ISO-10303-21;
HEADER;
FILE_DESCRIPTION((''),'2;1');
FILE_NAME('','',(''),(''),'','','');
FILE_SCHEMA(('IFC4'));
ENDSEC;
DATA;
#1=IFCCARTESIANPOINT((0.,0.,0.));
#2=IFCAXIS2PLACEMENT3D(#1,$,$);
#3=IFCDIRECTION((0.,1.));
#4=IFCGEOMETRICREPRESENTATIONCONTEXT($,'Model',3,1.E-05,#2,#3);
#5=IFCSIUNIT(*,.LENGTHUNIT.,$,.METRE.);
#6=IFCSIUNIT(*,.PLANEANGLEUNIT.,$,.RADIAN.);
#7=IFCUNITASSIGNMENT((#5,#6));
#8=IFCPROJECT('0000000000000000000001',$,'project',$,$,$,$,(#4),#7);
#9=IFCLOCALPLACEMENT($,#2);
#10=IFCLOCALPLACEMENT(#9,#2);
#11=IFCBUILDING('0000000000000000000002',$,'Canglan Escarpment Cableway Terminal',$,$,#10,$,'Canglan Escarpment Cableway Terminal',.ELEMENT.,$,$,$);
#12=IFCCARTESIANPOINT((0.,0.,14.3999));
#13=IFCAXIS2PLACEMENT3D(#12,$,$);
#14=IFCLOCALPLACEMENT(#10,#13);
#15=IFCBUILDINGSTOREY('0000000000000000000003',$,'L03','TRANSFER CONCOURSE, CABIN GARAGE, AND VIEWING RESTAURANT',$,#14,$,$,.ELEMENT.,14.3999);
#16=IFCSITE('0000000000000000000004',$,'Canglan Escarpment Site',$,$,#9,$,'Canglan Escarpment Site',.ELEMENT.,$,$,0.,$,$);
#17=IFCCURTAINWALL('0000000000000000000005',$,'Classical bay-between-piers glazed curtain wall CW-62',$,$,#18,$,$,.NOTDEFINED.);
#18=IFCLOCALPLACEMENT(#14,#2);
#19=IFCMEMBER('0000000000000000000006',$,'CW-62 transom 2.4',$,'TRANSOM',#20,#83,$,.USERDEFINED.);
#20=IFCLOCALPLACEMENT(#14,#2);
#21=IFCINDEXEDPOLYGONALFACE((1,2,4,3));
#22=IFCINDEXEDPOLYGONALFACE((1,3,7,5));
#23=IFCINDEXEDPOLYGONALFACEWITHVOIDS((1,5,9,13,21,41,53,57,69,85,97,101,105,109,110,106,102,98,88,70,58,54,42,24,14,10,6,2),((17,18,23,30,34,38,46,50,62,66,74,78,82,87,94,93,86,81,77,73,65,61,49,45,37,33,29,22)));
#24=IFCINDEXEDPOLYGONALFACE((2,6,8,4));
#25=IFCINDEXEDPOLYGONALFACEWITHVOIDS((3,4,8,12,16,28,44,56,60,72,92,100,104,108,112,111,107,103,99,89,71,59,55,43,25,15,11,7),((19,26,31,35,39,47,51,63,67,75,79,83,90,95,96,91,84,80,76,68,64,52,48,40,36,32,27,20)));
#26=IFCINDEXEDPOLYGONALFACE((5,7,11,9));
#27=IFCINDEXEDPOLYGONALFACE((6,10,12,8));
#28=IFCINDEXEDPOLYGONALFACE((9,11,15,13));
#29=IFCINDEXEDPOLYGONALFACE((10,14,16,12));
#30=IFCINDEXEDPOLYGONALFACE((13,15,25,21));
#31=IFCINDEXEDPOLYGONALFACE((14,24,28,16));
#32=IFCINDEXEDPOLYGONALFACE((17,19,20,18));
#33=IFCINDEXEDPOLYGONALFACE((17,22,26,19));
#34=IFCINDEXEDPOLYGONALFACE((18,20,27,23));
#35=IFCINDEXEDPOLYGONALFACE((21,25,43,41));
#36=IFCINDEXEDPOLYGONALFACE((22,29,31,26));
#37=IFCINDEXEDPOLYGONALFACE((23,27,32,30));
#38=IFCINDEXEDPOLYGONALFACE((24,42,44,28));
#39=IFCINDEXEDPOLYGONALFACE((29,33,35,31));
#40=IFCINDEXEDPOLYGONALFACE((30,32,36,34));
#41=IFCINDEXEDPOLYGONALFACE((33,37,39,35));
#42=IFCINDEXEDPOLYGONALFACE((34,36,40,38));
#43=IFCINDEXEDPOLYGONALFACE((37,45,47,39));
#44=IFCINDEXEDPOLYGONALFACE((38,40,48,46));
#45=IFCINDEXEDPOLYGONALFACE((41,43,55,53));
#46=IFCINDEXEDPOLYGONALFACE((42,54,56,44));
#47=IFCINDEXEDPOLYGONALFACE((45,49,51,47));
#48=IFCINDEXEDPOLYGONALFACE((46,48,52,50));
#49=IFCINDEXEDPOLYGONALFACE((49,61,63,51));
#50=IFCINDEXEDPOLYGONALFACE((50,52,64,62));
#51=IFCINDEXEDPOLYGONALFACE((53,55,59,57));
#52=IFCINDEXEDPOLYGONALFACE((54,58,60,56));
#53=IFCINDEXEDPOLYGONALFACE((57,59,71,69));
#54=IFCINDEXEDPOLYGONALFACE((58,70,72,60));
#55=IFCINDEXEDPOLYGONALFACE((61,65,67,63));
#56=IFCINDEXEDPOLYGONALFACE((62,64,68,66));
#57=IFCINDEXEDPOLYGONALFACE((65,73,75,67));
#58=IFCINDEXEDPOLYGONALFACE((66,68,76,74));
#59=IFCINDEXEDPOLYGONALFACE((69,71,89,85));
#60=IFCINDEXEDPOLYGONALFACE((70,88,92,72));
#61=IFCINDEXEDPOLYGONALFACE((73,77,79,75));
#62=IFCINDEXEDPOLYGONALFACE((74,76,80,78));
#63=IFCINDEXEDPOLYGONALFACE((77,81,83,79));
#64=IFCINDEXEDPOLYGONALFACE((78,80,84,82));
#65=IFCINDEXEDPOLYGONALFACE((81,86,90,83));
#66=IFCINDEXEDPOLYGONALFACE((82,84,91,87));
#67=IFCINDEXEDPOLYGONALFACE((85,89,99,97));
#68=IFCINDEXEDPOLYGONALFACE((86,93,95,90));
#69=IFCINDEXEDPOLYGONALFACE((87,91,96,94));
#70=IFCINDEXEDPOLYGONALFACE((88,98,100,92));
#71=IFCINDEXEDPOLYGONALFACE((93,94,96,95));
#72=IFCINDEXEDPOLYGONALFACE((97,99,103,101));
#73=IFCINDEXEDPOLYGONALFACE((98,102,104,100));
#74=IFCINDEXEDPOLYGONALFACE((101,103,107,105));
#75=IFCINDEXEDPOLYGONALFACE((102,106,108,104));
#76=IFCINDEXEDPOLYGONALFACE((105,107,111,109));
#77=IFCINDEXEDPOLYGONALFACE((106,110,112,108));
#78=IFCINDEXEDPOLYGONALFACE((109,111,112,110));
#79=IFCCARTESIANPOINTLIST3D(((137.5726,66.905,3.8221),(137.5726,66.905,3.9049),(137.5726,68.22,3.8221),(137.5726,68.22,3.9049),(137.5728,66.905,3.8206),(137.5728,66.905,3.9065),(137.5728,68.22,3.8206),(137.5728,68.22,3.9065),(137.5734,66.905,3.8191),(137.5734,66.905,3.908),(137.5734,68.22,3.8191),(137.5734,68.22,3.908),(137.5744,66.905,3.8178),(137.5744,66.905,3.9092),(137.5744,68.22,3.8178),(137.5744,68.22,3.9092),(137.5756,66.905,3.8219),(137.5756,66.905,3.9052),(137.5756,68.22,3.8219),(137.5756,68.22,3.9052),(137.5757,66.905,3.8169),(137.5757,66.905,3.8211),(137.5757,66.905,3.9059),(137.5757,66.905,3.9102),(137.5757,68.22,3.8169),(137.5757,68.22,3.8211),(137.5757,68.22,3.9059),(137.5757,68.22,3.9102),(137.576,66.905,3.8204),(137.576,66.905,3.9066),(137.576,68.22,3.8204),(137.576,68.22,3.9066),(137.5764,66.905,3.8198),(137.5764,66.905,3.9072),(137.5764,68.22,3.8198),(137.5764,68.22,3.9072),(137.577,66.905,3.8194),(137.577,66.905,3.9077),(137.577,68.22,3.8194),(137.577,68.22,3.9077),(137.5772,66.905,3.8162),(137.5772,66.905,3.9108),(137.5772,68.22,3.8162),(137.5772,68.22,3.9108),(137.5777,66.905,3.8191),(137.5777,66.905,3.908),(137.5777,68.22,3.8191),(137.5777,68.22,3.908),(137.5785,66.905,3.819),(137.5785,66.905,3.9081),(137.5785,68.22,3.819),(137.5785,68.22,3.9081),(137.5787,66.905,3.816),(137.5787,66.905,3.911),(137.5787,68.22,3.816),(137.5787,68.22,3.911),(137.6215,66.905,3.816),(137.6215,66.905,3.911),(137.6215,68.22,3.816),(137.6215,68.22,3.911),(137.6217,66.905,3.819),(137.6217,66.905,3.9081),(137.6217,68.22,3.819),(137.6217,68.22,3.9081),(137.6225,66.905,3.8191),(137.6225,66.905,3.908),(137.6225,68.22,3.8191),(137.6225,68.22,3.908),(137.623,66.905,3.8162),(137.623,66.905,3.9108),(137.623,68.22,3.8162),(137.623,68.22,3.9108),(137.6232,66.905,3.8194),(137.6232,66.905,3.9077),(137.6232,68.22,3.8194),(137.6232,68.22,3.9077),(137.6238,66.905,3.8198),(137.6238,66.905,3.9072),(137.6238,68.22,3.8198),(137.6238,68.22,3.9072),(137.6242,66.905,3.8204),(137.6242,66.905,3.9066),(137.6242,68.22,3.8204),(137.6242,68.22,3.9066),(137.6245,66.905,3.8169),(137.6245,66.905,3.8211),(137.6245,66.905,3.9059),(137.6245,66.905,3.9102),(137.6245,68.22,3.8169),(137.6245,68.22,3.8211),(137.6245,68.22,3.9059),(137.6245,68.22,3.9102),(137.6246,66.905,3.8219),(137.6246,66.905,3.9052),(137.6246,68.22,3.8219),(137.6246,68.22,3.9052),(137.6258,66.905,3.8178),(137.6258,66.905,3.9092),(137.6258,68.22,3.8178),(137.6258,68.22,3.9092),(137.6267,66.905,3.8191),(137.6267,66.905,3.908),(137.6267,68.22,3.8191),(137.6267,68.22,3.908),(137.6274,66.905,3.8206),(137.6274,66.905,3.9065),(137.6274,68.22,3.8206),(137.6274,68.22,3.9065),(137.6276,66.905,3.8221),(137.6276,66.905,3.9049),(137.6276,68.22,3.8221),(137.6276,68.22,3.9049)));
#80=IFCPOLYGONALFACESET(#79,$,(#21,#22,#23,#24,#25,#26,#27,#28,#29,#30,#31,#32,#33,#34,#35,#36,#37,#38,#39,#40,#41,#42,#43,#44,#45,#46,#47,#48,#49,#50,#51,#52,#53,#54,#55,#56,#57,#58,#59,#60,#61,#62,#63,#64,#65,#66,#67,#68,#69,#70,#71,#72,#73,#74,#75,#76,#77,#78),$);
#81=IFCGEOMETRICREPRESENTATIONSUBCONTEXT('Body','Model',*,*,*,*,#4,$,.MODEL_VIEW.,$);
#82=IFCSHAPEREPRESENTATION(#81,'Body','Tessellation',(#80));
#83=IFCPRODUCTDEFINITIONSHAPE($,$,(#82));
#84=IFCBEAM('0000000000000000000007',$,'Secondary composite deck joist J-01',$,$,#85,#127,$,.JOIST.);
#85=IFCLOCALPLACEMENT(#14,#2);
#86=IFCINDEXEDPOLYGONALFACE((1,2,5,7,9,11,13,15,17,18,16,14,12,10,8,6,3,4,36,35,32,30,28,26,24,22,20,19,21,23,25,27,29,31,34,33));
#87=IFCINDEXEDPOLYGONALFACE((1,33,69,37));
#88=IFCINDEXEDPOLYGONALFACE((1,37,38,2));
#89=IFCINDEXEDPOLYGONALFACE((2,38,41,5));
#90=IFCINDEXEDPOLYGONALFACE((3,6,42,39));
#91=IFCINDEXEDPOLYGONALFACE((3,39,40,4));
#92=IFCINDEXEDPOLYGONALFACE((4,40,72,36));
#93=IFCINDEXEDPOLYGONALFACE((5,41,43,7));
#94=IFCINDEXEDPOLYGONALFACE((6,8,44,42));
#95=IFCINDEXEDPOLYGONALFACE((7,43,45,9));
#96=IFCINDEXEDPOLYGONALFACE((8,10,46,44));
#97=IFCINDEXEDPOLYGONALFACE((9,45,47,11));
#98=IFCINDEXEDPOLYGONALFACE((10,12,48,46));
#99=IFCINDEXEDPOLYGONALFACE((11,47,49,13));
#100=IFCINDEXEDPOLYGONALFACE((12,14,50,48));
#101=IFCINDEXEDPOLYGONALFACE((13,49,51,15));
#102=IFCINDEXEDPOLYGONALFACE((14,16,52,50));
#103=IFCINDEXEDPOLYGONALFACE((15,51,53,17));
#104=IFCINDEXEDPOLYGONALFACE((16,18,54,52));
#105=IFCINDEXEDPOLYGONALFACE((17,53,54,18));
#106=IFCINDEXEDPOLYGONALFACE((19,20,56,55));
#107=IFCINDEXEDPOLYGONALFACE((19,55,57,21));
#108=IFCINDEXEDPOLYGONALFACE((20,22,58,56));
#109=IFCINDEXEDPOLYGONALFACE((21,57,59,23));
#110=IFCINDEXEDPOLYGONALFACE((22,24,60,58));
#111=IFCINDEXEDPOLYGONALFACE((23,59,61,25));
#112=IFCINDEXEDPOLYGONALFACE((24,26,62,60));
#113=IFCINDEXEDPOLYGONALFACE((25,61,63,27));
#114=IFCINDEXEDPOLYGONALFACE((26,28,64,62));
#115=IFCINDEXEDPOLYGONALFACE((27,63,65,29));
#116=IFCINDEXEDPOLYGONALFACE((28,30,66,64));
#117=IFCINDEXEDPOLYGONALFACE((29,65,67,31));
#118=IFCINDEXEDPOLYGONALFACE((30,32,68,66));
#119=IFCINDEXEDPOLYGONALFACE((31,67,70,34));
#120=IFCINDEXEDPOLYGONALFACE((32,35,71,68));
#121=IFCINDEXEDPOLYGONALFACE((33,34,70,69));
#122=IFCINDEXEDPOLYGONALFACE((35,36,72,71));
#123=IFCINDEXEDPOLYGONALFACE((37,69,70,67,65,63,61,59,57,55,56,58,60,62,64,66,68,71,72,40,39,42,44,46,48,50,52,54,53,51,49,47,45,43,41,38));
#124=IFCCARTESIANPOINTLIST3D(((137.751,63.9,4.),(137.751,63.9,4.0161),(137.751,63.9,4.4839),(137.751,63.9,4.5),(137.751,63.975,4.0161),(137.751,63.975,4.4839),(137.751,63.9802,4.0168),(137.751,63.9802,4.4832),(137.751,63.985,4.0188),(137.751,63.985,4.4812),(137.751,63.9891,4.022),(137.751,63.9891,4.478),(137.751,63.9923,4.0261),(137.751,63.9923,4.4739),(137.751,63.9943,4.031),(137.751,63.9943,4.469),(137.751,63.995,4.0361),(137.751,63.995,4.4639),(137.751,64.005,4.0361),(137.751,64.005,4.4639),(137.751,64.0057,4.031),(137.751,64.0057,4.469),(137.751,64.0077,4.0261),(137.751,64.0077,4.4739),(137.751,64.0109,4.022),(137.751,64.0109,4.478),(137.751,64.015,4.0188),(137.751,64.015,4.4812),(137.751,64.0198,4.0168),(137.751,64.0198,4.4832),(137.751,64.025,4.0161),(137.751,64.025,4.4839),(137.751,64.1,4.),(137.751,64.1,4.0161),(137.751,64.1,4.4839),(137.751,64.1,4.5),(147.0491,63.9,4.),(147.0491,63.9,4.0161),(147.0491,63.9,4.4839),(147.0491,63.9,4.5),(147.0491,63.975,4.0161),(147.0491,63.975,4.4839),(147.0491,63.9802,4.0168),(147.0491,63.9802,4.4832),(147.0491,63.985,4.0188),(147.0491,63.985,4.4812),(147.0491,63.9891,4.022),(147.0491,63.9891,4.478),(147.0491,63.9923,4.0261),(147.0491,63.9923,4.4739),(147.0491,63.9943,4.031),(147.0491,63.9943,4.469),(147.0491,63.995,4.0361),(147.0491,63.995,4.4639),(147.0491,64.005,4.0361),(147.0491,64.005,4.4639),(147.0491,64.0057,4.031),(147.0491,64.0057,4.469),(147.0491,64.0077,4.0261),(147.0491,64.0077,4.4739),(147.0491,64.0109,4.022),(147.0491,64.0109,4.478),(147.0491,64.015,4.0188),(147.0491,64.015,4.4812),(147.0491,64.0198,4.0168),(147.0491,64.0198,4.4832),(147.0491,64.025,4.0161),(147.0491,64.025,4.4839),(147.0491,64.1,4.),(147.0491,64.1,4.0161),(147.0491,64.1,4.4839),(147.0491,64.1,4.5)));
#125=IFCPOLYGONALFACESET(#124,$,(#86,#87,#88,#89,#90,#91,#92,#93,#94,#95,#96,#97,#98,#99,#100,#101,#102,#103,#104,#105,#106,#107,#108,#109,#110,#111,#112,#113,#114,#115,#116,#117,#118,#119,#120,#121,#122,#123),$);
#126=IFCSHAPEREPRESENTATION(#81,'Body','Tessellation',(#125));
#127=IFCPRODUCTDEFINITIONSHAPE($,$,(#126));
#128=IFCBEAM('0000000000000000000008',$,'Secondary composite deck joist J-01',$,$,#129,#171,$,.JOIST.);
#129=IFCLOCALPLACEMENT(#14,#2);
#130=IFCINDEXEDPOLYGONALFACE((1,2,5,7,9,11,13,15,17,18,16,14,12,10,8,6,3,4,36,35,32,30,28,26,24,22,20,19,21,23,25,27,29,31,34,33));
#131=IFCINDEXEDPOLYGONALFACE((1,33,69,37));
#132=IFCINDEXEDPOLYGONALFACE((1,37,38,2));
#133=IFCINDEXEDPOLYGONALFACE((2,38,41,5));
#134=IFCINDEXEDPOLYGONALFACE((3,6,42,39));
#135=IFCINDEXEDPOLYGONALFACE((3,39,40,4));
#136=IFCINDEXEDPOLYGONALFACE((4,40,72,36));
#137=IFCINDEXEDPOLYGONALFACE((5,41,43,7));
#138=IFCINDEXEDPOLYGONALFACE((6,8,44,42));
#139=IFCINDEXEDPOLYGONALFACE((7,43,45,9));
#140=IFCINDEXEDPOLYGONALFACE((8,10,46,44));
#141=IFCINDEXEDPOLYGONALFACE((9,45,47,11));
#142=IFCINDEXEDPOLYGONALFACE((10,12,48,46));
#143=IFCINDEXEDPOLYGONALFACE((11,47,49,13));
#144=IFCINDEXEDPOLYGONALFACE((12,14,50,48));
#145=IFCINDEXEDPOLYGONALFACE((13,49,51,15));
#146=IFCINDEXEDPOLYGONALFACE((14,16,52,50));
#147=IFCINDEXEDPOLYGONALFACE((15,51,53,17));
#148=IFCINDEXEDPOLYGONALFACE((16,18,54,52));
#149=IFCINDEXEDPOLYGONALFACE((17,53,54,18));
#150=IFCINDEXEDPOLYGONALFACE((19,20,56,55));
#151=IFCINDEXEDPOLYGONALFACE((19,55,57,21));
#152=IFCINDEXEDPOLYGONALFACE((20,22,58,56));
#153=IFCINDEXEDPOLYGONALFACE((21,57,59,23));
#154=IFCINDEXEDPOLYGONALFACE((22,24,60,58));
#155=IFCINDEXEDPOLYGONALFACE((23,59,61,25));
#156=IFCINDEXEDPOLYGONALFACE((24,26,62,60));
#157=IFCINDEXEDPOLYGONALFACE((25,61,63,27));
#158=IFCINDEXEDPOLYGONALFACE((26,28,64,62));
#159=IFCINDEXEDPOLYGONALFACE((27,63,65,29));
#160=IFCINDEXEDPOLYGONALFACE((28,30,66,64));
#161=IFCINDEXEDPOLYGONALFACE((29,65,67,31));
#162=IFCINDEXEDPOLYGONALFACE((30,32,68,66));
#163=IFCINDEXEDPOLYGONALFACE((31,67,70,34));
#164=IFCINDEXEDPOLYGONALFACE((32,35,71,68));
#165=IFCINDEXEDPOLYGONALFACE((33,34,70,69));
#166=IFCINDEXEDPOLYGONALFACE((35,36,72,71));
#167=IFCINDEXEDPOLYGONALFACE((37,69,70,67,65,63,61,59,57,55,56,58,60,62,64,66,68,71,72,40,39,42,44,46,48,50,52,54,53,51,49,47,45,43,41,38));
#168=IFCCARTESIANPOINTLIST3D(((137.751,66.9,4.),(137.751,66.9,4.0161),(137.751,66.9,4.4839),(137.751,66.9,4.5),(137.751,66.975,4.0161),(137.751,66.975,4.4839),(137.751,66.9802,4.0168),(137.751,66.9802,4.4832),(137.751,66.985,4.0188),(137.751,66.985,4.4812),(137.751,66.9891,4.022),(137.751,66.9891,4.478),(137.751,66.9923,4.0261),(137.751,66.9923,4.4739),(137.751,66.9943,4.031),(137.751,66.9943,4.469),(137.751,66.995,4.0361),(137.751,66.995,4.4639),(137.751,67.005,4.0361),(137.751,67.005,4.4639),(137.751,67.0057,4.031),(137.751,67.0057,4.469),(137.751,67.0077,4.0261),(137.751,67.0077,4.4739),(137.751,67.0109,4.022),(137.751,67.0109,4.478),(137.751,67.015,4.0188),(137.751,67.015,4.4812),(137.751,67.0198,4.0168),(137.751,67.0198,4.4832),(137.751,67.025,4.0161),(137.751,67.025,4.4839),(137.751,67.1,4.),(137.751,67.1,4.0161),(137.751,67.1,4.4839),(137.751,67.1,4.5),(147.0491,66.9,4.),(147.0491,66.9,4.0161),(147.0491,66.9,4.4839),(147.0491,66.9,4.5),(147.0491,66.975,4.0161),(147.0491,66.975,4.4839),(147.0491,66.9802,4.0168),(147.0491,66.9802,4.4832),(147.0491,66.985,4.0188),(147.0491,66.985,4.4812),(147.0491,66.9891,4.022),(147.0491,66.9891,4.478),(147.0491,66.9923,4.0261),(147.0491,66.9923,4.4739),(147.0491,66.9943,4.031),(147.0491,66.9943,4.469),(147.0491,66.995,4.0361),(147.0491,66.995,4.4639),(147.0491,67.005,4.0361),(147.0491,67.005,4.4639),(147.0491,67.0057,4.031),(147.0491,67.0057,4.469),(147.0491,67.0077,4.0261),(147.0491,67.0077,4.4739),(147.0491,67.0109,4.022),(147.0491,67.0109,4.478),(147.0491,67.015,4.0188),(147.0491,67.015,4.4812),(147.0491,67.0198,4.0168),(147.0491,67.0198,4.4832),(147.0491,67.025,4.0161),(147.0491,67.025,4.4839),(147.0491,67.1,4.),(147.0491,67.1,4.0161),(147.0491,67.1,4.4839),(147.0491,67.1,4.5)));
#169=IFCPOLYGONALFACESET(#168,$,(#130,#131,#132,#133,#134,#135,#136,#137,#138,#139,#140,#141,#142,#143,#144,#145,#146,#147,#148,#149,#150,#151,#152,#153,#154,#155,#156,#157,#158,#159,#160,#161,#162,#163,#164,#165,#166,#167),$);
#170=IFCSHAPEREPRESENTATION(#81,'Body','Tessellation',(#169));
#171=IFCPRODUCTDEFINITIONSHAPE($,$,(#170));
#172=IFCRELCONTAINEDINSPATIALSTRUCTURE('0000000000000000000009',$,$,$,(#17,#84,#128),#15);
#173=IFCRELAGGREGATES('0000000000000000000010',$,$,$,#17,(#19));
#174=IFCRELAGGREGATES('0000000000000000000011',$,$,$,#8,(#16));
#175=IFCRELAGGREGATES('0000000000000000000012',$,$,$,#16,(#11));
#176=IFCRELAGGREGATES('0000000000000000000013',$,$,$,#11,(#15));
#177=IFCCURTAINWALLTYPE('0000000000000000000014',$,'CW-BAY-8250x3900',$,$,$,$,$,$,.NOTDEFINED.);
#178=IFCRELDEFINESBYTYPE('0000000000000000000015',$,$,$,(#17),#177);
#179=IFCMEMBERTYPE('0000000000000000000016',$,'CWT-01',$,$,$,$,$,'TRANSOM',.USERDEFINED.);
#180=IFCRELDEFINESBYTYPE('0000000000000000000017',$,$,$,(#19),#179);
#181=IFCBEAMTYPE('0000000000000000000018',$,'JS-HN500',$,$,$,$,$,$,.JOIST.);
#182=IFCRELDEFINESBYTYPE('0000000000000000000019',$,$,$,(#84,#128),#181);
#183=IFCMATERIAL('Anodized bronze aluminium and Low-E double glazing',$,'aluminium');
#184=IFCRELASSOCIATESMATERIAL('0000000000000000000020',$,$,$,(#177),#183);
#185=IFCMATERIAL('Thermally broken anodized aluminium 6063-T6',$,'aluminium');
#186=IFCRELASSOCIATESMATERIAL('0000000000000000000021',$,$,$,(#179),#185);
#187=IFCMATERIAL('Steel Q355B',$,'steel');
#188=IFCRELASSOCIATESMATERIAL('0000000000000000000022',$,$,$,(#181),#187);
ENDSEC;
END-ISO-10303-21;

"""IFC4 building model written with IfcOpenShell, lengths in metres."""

from ifc_helpers import new_model, si_unit, direction, frame, origin, origin_2d, place, context, subcontext, project, spatial, hollow_rectangle, i_section, extrude, material, material_profile, profile_set, type_object, element, aggregate, save


model = new_model("IFC4")

# Units and contexts
model_context = context("Model", 3, precision=1e-05, world=origin(), true_north=direction((0.0, 1.0)))
body_context = subcontext(model_context, "Body", "Model", "MODEL_VIEW")
ifc_project = project(units=[si_unit("LENGTHUNIT", "METRE"), si_unit("PLANEANGLEUNIT", "RADIAN")], contexts=[model_context])

# Site, building, storey
site_placement = place(None, origin())
site = spatial("IfcSite", under=ifc_project, at=site_placement, Name="Canglan Escarpment Site", LongName="Canglan Escarpment Site", CompositionType="ELEMENT", RefElevation=0.0)
building_placement = place(site_placement, origin())
building = spatial("IfcBuilding", under=site, at=building_placement, Name="Canglan Escarpment Cableway Terminal", LongName="Canglan Escarpment Cableway Terminal", CompositionType="ELEMENT")
storey_placement = place(building_placement, frame((0.0, 0.0, 14.3999)))
storey = spatial("IfcBuildingStorey", under=building, at=storey_placement, Name="L03", Description="TRANSFER CONCOURSE, CABIN GARAGE, AND VIEWING RESTAURANT", CompositionType="ELEMENT", Elevation=14.3999)

# Curtain wall, member
ifc_material_1 = material(Name="Anodized bronze aluminium and Low-E double glazing", Category="aluminium")
curtain_wall_type = type_object("IfcCurtainWallType", Name="CW-BAY-8250x3900", PredefinedType="NOTDEFINED", material=ifc_material_1)
curtain_wall_placement = place(storey_placement, origin())
curtain_wall = element("IfcCurtainWall", 1, at=curtain_wall_placement, inside=storey, type_object=curtain_wall_type, Name="Classical bay-between-piers glazed curtain wall CW-62", PredefinedType="NOTDEFINED")
ifc_material_2 = material(Name="Thermally broken anodized aluminium 6063-T6", Category="aluminium")
ifc_material_profile_1 = material_profile(ifc_material_2, hollow_rectangle(XDim=0.0549, YDim=0.095, WallThickness=0.0029, InnerFilletRadius=0.0029, OuterFilletRadius=0.0061, at=origin_2d()), Name="ALU-TRAN 55x95x3")
ifc_profile_set_1 = profile_set([ifc_material_profile_1], Name="Thermally broken anodized aluminium 6063-T6")
member_type_1 = type_object("IfcMemberType", Name="CWT-01", ElementType="TRANSOM", PredefinedType="USERDEFINED", material=ifc_profile_set_1)
member_1_placement = place(storey_placement, frame((137.6001, 68.22, 3.8635), z_axis=(0.0, -1.0, 0.0), x_axis=(1.0, 0.0, 0.0)))
member_1 = element("IfcMember", 2, at=member_1_placement, type_object=member_type_1, Name="CW-62 transom 2.4", ObjectType="TRANSOM", PredefinedType="USERDEFINED", context=body_context, shape_type="SweptSolid", body=[
    extrude(hollow_rectangle(XDim=0.0549, YDim=0.095, WallThickness=0.0029, InnerFilletRadius=0.0029, OuterFilletRadius=0.0061, at=origin_2d()), origin(), (0.0, 0.0, 1.0), 1.3149),
])

# Beams
ifc_material_3 = material(Name="Steel Q355B", Category="steel")
ifc_material_profile_2 = material_profile(ifc_material_3, i_section(OverallWidth=0.2, OverallDepth=0.5, WebThickness=0.01, FlangeThickness=0.0161, FilletRadius=0.02, at=origin_2d()), Name="HN 500x200x10x16")
ifc_profile_set_2 = profile_set([ifc_material_profile_2], Name="Steel Q355B")
beam_type_1 = type_object("IfcBeamType", Name="JS-HN500", PredefinedType="JOIST", material=ifc_profile_set_2)
for number, where, z_axis, x_axis, name in (
    (3, (137.751, 64.0, 4.25), (1.0, 0.0, 0.0), (0.0, 1.0, 0.0), "Secondary composite deck joist J-01"),
    (4, (137.751, 67.0, 4.25), (1.0, 0.0, 0.0), (0.0, 1.0, 0.0), "Secondary composite deck joist J-01"),
):
    element("IfcBeam", number, at=place(storey_placement, frame(where, z_axis=z_axis, x_axis=x_axis)), inside=storey, type_object=beam_type_1, Name=name, PredefinedType="JOIST", context=body_context, shape_type="SweptSolid", body=[
        extrude(i_section(OverallWidth=0.2, OverallDepth=0.5, WebThickness=0.01, FlangeThickness=0.0161, FilletRadius=0.02, at=origin_2d()), origin(), (0.0, 0.0, 1.0), 9.2981),
    ])

aggregate(curtain_wall, [member_1])

save(model, "model.ifc")
